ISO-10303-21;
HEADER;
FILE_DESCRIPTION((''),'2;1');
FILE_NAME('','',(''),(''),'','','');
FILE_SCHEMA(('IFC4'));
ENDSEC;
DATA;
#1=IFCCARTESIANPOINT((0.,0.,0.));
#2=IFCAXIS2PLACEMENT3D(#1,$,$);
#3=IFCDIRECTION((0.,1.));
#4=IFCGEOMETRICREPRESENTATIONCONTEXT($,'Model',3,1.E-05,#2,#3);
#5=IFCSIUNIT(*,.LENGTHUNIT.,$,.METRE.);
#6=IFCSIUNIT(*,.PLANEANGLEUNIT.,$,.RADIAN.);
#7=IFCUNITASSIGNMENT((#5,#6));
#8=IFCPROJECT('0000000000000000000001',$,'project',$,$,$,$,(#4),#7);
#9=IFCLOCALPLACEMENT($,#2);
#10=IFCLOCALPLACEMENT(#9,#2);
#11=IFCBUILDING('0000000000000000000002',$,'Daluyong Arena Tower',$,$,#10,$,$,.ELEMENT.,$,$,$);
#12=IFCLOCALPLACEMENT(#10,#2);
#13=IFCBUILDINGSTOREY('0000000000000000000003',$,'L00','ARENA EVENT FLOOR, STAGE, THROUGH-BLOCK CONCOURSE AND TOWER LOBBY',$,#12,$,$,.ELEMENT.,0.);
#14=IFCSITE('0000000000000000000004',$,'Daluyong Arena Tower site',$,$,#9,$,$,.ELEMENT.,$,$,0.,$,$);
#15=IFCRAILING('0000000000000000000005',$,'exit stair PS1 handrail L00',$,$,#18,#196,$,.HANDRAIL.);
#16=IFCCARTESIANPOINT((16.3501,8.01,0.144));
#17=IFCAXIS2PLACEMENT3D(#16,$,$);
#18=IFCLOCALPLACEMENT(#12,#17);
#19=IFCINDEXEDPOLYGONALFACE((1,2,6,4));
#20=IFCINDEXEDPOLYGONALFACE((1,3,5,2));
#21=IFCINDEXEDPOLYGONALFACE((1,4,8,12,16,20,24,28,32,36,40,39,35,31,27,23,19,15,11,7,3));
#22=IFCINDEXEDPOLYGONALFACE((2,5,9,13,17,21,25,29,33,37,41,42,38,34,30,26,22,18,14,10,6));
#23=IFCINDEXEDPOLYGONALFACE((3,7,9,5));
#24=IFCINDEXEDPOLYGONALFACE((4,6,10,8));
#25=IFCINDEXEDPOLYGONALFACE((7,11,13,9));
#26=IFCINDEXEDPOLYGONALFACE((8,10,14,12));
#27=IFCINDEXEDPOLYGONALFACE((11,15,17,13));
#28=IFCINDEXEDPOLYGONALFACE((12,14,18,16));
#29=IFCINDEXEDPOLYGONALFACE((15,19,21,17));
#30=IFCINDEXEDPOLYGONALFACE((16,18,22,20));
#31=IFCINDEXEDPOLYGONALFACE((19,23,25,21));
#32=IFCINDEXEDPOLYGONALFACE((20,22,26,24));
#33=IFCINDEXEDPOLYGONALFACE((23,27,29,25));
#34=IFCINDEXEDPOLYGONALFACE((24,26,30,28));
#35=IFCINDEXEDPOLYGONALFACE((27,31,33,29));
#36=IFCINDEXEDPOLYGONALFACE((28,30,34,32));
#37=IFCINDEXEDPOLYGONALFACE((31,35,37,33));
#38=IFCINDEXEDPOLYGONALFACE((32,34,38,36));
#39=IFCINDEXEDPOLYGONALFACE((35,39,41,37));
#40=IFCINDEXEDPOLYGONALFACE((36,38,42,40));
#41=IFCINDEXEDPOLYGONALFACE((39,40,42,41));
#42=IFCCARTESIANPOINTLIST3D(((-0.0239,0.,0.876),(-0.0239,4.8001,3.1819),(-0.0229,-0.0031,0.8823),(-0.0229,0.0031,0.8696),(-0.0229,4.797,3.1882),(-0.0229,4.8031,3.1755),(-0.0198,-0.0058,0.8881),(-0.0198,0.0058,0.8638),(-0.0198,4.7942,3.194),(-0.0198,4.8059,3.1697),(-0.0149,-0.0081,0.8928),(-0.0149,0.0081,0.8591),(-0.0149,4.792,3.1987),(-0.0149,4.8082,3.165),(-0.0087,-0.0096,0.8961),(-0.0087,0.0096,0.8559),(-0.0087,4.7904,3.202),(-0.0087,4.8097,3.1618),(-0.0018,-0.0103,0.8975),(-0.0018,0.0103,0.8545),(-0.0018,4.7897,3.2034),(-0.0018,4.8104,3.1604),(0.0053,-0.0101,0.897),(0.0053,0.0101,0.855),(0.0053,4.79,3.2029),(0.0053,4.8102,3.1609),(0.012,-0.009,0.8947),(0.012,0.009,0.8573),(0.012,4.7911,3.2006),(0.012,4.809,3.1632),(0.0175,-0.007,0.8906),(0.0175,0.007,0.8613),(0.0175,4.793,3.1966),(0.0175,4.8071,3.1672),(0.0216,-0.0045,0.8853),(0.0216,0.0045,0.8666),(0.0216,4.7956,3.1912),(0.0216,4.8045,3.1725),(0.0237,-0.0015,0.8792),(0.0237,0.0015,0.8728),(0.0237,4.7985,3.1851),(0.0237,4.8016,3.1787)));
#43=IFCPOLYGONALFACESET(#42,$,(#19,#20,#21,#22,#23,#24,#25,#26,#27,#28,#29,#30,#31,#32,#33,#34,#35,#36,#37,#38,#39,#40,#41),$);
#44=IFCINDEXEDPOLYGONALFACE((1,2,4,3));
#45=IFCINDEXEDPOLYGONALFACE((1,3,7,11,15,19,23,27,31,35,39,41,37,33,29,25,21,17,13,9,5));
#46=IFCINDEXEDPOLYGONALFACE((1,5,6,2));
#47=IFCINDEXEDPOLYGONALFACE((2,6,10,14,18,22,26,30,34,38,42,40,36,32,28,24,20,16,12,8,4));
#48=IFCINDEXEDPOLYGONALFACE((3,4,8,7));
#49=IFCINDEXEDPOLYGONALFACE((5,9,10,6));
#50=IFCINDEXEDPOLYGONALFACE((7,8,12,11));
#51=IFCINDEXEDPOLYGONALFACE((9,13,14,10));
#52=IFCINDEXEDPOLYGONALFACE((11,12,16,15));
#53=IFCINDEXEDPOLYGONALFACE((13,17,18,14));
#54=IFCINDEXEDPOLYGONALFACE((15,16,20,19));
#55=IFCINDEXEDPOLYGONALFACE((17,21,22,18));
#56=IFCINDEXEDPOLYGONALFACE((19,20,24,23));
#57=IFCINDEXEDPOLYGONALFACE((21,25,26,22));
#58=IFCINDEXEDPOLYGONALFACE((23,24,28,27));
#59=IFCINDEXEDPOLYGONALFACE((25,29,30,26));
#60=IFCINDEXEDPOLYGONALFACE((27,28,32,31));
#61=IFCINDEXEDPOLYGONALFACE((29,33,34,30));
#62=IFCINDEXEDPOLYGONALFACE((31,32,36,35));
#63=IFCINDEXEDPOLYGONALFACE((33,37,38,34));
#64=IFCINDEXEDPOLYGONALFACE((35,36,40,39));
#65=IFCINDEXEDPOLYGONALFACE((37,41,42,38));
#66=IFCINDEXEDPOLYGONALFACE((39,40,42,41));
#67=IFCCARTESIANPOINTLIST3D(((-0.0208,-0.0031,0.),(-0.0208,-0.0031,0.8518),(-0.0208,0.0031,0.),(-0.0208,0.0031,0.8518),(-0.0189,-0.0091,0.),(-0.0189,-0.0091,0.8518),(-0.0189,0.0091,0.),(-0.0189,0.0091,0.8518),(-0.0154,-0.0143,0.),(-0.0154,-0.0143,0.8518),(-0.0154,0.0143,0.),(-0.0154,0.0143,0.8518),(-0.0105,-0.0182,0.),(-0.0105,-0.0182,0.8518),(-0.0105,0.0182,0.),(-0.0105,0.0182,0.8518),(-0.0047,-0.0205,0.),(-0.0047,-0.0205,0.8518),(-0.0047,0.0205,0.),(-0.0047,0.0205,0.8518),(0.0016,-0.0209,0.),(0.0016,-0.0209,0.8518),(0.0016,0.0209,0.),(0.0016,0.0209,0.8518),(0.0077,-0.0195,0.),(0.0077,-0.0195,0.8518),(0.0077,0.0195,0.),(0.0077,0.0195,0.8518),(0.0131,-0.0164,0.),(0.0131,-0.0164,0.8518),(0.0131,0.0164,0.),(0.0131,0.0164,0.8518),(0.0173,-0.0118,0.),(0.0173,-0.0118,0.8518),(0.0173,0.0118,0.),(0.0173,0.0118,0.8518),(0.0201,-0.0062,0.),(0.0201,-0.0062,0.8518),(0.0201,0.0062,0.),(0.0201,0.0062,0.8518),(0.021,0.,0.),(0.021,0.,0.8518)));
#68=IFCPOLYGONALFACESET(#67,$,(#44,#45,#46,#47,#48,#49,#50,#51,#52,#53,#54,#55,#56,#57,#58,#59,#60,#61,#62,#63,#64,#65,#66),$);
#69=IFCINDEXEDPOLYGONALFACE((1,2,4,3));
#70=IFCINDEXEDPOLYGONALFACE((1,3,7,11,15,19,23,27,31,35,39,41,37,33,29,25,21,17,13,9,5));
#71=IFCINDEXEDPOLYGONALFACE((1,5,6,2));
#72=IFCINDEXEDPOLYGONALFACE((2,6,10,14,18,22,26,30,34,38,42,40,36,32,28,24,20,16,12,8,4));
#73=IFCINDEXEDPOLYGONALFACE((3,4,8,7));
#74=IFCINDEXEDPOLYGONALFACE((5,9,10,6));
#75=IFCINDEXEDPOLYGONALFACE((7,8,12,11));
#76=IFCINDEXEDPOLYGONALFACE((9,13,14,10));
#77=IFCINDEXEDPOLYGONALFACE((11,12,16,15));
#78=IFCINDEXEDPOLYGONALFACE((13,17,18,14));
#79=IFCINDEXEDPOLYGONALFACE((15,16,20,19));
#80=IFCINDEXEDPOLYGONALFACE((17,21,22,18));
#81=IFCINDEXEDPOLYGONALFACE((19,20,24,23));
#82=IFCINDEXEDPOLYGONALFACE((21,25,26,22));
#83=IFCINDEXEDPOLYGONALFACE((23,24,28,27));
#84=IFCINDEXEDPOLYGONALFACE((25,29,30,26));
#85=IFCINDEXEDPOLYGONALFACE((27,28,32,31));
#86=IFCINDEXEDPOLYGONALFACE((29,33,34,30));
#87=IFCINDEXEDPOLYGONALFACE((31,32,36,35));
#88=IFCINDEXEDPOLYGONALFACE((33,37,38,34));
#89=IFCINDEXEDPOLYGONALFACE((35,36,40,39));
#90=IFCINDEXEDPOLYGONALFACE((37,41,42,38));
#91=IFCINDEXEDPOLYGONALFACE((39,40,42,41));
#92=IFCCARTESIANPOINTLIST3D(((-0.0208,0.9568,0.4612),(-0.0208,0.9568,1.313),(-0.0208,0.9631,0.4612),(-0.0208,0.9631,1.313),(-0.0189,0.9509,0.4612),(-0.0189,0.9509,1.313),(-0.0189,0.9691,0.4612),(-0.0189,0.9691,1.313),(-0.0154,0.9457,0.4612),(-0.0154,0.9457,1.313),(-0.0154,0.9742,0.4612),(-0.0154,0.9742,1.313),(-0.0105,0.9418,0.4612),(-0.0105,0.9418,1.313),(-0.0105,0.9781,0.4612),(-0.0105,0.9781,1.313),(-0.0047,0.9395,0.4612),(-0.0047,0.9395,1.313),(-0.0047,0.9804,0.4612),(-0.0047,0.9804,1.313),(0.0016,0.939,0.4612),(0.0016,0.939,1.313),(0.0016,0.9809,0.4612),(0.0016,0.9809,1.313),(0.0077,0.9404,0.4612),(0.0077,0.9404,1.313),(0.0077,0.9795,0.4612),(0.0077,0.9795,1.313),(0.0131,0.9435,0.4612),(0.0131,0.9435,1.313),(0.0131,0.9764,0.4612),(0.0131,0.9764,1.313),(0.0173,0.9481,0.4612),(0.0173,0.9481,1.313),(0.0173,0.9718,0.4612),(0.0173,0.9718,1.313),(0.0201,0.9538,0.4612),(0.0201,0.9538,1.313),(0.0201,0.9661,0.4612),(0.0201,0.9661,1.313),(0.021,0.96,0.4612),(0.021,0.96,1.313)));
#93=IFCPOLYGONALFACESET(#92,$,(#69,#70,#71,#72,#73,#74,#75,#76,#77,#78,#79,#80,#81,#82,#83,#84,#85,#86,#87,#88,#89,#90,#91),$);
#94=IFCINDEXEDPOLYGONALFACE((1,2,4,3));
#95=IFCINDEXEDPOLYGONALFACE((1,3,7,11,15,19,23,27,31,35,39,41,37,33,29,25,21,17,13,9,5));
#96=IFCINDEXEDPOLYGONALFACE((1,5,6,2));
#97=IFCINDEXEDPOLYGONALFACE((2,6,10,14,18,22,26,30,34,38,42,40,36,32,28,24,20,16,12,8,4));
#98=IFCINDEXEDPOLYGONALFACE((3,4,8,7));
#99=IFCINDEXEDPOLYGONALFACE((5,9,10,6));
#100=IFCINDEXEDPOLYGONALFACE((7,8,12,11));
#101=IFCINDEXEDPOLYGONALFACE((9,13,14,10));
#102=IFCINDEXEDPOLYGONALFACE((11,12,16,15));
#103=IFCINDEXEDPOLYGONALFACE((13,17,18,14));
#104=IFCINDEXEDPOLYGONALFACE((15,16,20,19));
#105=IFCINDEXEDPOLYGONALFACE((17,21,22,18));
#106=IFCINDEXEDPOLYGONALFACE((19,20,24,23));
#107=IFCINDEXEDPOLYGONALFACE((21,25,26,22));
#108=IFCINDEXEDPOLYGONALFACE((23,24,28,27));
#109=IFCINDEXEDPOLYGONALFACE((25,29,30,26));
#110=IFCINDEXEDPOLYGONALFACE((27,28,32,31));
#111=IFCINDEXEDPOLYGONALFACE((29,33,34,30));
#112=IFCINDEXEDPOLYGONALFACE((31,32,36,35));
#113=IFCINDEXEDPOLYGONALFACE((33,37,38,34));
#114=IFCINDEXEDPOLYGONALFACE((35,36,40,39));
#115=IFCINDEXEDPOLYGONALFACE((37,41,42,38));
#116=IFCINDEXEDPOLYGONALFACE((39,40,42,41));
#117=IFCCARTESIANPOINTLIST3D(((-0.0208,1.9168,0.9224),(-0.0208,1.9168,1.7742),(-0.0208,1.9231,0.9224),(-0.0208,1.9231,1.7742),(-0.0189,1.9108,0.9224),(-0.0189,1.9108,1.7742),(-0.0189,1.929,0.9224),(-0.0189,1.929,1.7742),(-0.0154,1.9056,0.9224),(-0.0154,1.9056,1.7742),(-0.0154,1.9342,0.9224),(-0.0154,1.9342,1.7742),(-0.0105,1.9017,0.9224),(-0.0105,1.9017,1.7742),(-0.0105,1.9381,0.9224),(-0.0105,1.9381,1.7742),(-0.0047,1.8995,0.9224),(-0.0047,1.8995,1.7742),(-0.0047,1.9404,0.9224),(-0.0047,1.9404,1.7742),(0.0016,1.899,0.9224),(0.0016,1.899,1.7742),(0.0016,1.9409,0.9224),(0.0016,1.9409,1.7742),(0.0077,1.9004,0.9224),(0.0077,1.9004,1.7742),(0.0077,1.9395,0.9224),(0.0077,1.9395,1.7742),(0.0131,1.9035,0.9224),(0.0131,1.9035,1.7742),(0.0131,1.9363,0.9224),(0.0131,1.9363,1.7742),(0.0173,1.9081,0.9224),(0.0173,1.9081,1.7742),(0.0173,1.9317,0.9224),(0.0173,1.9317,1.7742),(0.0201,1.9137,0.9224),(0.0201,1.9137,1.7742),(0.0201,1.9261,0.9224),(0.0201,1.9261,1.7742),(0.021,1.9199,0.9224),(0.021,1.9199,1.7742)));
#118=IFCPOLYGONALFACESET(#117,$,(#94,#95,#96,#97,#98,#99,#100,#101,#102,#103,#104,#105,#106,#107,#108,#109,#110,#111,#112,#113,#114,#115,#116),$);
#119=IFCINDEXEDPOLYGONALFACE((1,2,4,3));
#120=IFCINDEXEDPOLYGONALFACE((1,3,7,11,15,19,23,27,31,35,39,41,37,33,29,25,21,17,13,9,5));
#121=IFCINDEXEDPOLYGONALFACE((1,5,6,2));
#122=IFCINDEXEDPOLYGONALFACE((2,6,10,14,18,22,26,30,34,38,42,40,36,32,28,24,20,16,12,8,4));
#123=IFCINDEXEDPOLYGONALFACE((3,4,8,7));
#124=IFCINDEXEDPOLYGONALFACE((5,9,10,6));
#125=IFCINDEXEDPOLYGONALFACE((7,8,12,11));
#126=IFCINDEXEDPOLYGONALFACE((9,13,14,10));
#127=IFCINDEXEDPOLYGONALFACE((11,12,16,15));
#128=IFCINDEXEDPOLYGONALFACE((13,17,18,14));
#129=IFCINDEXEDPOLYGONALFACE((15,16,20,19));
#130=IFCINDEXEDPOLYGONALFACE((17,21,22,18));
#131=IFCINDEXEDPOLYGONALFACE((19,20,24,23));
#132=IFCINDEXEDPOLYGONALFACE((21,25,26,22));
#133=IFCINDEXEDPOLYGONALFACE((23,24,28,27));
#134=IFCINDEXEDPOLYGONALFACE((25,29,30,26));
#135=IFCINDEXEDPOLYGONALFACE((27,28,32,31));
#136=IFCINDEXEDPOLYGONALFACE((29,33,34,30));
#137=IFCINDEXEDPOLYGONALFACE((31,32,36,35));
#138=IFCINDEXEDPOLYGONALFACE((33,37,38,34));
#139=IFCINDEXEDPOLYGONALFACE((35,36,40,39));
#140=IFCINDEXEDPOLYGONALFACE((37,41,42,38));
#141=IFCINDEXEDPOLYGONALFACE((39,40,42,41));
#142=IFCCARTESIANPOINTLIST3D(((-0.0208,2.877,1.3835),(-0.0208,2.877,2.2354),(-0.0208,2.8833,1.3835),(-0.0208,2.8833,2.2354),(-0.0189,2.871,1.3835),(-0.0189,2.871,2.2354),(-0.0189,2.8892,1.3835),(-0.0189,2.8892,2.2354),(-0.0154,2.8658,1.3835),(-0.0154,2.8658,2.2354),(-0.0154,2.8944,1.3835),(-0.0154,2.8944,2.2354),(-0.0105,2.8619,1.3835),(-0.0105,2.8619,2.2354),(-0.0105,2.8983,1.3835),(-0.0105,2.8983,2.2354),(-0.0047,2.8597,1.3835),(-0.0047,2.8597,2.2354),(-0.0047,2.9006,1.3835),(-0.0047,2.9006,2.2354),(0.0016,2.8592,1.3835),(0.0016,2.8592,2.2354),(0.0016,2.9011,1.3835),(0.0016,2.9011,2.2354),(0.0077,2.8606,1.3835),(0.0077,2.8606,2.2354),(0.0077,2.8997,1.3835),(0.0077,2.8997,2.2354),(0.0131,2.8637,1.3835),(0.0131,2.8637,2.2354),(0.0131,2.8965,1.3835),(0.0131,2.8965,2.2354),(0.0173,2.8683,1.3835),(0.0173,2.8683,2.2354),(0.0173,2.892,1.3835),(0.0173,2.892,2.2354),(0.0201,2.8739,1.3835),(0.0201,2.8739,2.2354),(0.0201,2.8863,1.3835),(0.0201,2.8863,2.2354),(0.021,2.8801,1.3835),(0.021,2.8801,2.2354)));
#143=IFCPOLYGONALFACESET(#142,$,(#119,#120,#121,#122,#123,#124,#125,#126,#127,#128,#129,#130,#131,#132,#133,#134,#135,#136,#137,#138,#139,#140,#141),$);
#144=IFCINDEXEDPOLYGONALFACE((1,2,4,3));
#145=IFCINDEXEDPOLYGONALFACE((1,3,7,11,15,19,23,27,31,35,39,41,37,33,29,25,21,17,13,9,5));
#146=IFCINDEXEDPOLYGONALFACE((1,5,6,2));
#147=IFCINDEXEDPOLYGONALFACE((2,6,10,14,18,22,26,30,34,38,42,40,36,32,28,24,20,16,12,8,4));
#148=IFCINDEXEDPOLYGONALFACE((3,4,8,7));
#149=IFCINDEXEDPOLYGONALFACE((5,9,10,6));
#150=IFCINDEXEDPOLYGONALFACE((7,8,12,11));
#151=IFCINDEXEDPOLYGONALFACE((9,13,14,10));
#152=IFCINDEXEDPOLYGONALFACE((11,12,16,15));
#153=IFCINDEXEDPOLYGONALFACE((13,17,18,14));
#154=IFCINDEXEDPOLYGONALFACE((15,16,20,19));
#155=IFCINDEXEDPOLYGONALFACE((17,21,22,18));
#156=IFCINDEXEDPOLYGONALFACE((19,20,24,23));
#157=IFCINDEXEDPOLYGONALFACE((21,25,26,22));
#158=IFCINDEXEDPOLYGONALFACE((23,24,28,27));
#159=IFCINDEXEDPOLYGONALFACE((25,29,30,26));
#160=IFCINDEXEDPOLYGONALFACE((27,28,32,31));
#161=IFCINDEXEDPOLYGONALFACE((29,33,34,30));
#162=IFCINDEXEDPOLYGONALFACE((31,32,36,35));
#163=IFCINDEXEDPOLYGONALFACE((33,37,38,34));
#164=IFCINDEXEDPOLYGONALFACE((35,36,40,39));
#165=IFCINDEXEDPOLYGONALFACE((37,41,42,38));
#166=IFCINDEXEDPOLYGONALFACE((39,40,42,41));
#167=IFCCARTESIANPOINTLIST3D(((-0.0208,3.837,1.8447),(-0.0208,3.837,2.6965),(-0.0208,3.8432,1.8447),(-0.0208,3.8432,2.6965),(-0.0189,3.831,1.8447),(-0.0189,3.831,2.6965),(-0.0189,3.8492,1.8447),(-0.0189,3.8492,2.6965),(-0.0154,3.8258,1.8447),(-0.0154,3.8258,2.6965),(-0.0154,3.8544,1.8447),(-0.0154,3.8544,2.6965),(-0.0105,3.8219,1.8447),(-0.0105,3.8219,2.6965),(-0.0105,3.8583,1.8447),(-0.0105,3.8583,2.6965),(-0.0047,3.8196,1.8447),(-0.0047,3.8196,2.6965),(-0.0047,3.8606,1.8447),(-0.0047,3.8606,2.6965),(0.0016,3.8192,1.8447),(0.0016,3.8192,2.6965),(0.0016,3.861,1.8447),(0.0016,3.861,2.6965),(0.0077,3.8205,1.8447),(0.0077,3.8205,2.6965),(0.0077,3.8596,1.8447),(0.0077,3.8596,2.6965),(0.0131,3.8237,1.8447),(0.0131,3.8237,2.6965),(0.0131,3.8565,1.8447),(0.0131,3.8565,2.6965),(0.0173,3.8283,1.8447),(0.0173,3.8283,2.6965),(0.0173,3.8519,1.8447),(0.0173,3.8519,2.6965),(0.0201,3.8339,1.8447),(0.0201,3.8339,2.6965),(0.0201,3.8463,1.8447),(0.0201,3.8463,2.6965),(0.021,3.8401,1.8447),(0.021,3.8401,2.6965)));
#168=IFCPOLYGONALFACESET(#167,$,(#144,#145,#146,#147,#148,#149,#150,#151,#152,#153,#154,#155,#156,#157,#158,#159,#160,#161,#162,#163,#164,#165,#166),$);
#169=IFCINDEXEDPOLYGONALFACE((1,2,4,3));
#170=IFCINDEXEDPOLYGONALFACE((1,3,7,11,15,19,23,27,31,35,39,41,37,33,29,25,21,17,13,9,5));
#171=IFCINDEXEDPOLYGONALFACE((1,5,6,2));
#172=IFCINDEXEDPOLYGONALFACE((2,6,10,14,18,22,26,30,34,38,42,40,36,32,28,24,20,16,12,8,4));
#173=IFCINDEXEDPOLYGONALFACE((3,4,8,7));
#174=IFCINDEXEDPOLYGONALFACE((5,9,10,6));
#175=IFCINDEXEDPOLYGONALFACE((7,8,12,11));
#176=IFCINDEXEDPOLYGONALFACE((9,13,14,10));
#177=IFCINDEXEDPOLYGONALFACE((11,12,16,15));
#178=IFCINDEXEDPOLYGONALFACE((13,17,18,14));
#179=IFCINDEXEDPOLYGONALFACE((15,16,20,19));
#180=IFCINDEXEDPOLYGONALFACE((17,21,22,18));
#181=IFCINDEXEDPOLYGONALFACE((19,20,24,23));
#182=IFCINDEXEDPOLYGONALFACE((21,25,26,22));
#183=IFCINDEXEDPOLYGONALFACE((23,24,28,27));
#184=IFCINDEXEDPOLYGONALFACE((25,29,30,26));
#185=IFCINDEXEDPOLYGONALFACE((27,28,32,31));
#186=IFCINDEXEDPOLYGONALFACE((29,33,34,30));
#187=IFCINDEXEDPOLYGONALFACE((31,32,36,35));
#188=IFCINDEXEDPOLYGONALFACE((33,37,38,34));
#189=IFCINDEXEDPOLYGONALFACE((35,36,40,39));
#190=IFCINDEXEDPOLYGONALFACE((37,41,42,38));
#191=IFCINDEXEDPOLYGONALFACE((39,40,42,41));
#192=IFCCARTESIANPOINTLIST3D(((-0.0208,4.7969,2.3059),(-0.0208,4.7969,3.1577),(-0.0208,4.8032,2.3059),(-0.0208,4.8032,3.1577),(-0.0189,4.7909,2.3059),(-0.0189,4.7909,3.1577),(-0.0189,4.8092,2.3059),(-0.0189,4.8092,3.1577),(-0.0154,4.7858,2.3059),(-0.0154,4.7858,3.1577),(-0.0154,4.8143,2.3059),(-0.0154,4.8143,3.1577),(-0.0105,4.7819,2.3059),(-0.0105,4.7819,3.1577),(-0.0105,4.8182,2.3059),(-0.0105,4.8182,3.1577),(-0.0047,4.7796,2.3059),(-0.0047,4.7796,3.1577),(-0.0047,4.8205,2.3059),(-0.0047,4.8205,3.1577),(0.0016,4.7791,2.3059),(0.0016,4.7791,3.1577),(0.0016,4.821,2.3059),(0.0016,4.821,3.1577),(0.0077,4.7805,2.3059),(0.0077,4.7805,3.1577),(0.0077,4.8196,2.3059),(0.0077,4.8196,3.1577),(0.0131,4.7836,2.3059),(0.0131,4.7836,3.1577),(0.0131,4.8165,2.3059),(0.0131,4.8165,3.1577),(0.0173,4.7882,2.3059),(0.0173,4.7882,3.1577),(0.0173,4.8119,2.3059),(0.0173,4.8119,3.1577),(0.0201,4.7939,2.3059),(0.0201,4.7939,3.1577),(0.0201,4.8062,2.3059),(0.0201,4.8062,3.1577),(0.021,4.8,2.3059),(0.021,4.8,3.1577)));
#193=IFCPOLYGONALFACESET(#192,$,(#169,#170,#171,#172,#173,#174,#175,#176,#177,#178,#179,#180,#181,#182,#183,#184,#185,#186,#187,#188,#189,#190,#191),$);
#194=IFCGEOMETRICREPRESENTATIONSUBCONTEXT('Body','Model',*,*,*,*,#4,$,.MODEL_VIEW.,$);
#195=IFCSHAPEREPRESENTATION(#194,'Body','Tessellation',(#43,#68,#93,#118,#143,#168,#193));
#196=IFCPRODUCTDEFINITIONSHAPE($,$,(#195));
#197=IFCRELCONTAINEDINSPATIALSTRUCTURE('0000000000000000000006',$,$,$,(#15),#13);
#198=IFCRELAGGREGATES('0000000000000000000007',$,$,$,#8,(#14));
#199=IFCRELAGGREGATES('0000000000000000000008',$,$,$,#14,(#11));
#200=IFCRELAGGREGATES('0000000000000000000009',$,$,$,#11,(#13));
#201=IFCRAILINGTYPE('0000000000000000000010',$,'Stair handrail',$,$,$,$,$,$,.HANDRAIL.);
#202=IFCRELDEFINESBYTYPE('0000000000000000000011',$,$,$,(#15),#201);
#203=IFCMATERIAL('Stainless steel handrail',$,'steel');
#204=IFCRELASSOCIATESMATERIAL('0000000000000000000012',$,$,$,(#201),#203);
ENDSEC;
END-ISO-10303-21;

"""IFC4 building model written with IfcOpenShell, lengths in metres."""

from ifc_helpers import new_model, si_unit, direction, frame, origin, origin_2d, place, context, subcontext, project, spatial, circle, extrude, material, type_object, element, save


model = new_model("IFC4")

# Units and contexts
model_context = context("Model", 3, precision=1e-05, world=origin(), true_north=direction((0.0, 1.0)))
body_context = subcontext(model_context, "Body", "Model", "MODEL_VIEW")
ifc_project = project(units=[si_unit("LENGTHUNIT", "METRE"), si_unit("PLANEANGLEUNIT", "RADIAN")], contexts=[model_context])

# Site, building, storey
site_placement = place(None, origin())
site = spatial("IfcSite", under=ifc_project, at=site_placement, Name="Daluyong Arena Tower site", CompositionType="ELEMENT", RefElevation=0.0)
building_placement = place(site_placement, origin())
building = spatial("IfcBuilding", under=site, at=building_placement, Name="Daluyong Arena Tower", CompositionType="ELEMENT")
storey_placement = place(building_placement, origin())
storey = spatial("IfcBuildingStorey", under=building, at=storey_placement, Name="L00", Description="ARENA EVENT FLOOR, STAGE, THROUGH-BLOCK CONCOURSE AND TOWER LOBBY", CompositionType="ELEMENT", Elevation=0.0)

# Railing
ifc_material_1 = material(Name="Stainless steel handrail", Category="steel")
railing_type_1 = type_object("IfcRailingType", Name="Stair handrail", PredefinedType="HANDRAIL", material=ifc_material_1)
railing_1_placement = place(storey_placement, frame((16.3501, 8.01, 0.144)))
element("IfcRailing", 1, at=railing_1_placement, inside=storey, type_object=railing_type_1, Name="exit stair PS1 handrail L00", PredefinedType="HANDRAIL", context=body_context, shape_type="SweptSolid", body=[
    extrude(circle(Radius=0.0239, at=origin_2d()), frame((0.0, 0.0, 0.876), z_axis=(0.0, 0.901385, 0.433019), x_axis=(-1.0, 0.0, 0.0)), (0.0, 0.0, 1.0), 5.3252),
    extrude(circle(Radius=0.021, at=origin_2d()), origin(), (0.0, 0.0, 1.0), 0.8518),
    extrude(circle(Radius=0.021, at=origin_2d()), frame((0.0, 0.96, 0.4612)), (0.0, 0.0, 1.0), 0.8518),
    extrude(circle(Radius=0.021, at=origin_2d()), frame((0.0, 1.9199, 0.9224)), (0.0, 0.0, 1.0), 0.8518),
    extrude(circle(Radius=0.021, at=origin_2d()), frame((0.0, 2.8801, 1.3835)), (0.0, 0.0, 1.0), 0.8518),
    extrude(circle(Radius=0.021, at=origin_2d()), frame((0.0, 3.8401, 1.8447)), (0.0, 0.0, 1.0), 0.8518),
    extrude(circle(Radius=0.021, at=origin_2d()), frame((0.0, 4.8, 2.3059)), (0.0, 0.0, 1.0), 0.8518),
])

save(model, "model.ifc")
